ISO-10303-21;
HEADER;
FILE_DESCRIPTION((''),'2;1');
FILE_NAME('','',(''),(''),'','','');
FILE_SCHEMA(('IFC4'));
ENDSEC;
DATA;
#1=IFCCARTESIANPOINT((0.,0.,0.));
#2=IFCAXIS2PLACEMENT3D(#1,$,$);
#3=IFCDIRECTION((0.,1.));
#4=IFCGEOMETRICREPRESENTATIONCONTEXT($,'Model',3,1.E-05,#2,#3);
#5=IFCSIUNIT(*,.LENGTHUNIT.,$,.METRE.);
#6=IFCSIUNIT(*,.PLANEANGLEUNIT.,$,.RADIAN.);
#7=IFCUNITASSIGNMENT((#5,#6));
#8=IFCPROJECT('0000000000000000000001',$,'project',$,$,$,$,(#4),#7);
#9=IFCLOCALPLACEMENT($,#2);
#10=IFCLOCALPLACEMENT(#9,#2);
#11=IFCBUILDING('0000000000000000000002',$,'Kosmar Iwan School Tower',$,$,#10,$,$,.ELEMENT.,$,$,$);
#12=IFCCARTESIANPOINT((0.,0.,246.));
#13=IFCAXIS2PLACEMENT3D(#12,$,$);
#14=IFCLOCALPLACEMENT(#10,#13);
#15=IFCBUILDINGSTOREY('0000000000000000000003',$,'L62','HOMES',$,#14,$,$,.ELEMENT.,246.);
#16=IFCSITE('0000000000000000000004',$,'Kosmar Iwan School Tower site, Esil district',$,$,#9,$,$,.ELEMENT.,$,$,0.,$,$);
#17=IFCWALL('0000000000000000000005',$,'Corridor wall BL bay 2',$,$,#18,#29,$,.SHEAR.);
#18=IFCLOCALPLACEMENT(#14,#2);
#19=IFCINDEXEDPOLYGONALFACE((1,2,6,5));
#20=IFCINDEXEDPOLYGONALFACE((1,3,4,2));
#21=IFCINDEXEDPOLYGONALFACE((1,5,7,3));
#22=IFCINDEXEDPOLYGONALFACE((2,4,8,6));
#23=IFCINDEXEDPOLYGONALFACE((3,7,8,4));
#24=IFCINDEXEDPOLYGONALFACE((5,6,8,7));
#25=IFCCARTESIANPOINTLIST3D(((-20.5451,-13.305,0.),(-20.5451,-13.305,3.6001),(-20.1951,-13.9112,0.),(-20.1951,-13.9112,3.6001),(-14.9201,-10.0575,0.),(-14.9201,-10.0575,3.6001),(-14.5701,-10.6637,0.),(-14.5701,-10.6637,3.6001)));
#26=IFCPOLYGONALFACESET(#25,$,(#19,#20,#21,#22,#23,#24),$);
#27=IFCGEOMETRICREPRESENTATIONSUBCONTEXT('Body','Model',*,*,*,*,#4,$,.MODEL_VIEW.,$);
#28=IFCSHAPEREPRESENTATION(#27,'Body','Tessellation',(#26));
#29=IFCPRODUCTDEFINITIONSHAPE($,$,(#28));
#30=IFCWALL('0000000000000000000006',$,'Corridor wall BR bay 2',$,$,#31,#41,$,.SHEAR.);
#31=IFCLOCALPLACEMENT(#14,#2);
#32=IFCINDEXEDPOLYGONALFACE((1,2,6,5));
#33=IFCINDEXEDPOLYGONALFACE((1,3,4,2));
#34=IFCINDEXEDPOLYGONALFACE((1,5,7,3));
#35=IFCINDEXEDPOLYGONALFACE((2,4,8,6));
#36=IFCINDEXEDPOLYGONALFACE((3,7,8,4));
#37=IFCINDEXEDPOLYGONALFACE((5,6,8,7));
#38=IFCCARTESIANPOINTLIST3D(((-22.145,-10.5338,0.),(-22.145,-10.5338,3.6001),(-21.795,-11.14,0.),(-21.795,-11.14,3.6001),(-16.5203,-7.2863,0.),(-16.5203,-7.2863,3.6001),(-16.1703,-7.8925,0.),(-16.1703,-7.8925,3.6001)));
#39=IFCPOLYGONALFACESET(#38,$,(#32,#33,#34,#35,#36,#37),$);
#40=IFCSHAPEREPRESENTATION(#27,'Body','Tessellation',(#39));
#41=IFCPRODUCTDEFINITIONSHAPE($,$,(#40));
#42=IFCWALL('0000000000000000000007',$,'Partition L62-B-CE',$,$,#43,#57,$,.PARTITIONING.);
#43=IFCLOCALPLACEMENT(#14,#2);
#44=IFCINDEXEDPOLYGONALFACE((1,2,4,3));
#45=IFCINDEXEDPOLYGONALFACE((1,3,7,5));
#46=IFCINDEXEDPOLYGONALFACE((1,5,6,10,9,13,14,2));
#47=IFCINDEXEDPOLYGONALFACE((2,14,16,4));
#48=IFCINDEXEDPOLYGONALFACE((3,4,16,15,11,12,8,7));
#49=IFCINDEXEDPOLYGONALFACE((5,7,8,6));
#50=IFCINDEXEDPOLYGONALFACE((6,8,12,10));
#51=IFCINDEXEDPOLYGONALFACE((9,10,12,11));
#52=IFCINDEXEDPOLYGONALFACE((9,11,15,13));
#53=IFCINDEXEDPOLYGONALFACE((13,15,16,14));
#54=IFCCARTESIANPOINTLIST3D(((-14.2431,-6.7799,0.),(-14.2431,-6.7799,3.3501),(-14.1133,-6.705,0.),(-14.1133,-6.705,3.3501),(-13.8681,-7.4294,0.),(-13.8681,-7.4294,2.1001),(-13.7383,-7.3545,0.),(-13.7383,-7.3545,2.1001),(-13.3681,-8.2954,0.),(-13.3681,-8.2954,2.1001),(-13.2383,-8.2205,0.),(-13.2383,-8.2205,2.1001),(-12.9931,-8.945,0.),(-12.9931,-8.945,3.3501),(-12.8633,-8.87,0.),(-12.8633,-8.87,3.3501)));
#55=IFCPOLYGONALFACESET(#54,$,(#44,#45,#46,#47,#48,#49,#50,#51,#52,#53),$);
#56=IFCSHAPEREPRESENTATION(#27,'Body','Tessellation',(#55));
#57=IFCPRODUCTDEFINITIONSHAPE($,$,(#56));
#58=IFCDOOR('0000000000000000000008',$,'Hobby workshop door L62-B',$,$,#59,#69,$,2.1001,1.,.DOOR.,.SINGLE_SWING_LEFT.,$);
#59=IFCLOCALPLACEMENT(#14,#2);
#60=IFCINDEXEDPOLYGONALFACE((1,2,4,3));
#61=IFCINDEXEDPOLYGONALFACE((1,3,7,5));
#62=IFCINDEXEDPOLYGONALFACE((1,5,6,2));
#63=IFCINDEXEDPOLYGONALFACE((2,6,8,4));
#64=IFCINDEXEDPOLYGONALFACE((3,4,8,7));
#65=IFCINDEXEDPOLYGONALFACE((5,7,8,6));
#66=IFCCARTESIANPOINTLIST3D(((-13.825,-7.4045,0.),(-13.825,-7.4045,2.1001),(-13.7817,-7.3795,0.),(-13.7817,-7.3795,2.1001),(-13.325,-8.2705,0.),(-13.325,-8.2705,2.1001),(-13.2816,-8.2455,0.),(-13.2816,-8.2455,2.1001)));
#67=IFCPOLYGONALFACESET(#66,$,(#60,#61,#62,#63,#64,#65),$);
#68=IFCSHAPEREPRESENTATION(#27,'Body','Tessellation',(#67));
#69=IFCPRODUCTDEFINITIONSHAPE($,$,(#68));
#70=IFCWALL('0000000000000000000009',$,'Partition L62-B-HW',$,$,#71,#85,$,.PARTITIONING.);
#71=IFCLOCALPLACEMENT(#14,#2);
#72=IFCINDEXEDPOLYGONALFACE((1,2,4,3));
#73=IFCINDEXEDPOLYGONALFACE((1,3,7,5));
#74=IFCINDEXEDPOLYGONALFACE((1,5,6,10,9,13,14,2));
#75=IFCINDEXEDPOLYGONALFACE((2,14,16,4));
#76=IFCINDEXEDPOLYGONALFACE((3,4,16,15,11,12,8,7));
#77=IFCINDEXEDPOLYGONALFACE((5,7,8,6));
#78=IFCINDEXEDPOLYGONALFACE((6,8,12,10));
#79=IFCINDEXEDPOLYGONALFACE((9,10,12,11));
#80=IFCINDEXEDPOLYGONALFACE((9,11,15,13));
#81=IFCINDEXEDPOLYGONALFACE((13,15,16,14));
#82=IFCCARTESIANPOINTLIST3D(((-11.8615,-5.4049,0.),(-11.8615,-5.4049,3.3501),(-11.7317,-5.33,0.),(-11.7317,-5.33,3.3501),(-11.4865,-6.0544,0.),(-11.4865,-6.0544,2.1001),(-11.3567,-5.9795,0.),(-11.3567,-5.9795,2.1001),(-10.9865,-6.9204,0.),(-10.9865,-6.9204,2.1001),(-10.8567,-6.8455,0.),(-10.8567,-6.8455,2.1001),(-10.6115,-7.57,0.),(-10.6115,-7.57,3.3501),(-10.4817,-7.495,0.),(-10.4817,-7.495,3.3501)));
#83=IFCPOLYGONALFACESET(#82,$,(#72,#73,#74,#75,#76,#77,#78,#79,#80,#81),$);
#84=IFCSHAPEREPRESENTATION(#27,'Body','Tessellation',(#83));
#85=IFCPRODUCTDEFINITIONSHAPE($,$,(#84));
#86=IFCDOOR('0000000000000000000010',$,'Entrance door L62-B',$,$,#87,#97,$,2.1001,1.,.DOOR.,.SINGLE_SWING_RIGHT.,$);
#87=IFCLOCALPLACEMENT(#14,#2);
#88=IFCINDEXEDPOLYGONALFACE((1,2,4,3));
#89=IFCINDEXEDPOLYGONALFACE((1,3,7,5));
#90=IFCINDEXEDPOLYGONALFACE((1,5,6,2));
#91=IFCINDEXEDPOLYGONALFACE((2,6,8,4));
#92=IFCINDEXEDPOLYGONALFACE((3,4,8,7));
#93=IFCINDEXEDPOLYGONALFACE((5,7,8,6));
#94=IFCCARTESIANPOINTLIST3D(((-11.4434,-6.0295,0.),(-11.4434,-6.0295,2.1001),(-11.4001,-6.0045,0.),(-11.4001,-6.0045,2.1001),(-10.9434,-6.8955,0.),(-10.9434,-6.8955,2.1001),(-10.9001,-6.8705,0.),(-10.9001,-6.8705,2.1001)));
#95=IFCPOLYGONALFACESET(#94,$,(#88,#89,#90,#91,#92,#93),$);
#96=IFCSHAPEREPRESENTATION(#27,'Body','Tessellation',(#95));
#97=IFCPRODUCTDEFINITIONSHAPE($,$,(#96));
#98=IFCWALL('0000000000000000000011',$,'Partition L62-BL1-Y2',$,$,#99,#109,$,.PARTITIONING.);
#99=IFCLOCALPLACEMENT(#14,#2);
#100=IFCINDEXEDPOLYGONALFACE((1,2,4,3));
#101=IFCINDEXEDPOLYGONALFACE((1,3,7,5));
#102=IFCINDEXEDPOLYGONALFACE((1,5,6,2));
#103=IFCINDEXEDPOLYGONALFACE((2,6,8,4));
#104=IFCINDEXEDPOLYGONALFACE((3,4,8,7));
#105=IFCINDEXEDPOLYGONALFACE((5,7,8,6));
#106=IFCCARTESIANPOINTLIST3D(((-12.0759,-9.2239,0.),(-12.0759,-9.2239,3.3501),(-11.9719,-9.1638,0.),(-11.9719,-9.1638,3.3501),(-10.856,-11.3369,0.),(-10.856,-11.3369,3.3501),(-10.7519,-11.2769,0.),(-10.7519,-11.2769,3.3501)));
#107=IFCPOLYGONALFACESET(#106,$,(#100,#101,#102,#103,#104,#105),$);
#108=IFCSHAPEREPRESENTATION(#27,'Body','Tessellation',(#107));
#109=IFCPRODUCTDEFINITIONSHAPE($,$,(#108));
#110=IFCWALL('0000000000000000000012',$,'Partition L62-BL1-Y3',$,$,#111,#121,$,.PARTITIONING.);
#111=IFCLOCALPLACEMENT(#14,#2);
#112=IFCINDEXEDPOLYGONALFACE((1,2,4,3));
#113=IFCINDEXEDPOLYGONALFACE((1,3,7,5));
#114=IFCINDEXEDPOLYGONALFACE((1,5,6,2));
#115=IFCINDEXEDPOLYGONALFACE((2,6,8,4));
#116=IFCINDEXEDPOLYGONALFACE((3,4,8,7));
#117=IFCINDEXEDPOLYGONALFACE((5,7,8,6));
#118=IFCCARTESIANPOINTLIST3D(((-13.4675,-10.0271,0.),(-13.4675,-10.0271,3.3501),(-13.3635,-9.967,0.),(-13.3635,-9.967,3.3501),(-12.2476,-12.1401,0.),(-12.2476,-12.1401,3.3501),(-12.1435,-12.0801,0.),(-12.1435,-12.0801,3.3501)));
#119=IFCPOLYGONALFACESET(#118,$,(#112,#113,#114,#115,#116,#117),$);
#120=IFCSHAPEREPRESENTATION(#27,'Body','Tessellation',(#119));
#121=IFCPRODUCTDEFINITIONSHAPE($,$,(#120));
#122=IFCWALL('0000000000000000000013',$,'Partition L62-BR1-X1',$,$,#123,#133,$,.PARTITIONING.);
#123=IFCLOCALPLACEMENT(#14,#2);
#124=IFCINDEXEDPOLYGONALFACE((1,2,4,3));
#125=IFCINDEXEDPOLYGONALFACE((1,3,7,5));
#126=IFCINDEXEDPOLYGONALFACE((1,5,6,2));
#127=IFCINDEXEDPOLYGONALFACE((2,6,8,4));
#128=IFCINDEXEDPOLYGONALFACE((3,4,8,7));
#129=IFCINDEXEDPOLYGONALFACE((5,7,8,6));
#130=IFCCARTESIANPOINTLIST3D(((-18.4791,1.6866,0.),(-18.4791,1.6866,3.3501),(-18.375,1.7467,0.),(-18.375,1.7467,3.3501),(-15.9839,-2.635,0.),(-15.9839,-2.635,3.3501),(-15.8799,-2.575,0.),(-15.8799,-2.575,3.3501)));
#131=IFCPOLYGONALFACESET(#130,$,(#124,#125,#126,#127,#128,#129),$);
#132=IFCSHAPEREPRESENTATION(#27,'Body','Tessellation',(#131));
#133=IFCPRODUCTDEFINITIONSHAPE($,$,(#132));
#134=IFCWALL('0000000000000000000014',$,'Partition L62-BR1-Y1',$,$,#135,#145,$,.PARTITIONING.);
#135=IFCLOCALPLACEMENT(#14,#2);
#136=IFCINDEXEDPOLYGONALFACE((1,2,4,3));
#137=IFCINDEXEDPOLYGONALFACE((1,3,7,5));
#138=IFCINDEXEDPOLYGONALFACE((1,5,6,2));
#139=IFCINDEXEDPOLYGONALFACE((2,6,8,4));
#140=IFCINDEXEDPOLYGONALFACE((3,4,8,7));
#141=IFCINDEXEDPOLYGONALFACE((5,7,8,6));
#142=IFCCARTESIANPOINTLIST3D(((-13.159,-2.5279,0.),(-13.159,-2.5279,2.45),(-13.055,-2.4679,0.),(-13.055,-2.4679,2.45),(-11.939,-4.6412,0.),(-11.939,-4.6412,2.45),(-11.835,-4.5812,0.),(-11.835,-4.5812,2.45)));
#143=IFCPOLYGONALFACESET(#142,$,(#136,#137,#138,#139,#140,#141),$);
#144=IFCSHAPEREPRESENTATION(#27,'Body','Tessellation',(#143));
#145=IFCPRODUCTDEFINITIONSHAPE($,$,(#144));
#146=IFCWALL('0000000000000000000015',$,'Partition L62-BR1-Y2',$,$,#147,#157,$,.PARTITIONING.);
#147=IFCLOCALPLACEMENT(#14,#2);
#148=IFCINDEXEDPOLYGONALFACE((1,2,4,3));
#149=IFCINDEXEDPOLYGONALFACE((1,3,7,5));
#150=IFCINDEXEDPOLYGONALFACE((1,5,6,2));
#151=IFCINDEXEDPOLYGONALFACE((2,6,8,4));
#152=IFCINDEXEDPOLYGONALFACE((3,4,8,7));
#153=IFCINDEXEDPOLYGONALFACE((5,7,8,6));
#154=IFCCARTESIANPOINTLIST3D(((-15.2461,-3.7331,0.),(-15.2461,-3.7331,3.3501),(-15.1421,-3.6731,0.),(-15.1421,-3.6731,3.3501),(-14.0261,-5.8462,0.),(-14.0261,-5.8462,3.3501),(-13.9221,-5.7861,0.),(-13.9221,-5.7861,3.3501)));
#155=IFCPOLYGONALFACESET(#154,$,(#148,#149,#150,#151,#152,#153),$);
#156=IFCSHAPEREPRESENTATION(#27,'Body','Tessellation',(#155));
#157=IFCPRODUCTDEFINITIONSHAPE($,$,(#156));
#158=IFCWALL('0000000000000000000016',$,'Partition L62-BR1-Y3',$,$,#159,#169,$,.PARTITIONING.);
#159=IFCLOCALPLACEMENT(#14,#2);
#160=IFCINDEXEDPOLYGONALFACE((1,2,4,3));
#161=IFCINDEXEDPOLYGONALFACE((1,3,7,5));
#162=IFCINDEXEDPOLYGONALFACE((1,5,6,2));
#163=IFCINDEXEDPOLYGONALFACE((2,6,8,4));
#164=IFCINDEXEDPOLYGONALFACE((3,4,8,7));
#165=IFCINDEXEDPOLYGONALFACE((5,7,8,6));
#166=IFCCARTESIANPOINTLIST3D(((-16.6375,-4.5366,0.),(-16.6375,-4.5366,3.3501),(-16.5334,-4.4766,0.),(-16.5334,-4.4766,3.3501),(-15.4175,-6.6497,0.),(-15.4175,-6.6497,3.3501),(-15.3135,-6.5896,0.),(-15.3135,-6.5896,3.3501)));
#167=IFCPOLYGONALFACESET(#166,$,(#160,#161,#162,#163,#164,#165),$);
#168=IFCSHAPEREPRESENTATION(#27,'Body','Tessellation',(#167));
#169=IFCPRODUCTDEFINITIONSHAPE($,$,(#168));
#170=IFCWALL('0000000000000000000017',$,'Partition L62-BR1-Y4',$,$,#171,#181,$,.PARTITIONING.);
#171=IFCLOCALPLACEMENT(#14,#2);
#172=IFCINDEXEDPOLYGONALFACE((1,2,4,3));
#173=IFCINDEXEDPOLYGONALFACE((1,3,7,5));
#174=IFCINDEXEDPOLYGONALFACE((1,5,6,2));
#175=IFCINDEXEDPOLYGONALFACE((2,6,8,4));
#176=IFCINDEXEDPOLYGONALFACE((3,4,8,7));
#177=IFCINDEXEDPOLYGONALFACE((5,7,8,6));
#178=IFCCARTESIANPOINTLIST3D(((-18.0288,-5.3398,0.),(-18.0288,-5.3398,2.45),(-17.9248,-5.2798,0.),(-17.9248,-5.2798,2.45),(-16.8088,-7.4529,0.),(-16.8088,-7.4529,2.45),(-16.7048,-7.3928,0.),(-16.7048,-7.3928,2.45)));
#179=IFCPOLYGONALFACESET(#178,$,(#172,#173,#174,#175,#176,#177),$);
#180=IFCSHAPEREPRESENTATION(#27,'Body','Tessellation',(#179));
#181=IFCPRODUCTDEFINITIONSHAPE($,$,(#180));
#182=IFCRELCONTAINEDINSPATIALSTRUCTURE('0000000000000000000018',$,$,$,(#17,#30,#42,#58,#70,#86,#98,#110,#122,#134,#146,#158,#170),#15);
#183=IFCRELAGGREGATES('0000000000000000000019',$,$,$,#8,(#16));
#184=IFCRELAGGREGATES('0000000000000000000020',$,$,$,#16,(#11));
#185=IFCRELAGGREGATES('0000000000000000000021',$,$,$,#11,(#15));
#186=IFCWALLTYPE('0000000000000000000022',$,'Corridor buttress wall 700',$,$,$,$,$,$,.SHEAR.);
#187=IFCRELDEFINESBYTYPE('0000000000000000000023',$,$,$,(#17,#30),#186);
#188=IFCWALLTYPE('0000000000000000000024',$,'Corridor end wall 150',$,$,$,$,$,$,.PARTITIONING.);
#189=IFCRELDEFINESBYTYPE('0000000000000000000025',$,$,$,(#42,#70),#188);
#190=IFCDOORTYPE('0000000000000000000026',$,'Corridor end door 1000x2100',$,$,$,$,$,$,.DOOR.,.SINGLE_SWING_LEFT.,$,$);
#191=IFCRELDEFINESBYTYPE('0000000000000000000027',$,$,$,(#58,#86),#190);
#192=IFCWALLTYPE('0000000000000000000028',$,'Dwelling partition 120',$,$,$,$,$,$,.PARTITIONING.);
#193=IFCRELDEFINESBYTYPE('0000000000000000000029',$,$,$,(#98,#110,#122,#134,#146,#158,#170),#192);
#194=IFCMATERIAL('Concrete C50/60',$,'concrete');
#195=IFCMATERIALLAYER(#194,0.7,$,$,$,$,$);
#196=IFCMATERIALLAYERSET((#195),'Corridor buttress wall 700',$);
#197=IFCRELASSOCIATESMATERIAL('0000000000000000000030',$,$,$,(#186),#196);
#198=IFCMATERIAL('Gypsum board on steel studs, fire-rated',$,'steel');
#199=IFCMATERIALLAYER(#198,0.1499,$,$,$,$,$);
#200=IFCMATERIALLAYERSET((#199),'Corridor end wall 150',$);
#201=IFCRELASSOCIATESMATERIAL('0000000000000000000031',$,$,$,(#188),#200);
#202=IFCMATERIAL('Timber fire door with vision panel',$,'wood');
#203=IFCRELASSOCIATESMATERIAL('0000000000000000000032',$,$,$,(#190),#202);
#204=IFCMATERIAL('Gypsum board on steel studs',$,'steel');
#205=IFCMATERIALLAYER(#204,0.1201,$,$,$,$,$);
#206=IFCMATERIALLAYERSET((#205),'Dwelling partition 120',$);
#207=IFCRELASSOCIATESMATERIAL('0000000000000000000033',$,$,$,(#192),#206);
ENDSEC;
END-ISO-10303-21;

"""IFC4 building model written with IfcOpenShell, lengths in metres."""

from ifc_helpers import new_model, si_unit, direction, frame, frame_2d, origin, place, context, subcontext, project, spatial, rectangle, extrude, material, layer, layer_set, type_object, element, fill, save


model = new_model("IFC4")

# Units and contexts
model_context = context("Model", 3, precision=1e-05, world=origin(), true_north=direction((0.0, 1.0)))
body_context = subcontext(model_context, "Body", "Model", "MODEL_VIEW")
ifc_project = project(units=[si_unit("LENGTHUNIT", "METRE"), si_unit("PLANEANGLEUNIT", "RADIAN")], contexts=[model_context])

# Site, building, storey
site_placement = place(None, origin())
site = spatial("IfcSite", under=ifc_project, at=site_placement, Name="Kosmar Iwan School Tower site, Esil district", CompositionType="ELEMENT", RefElevation=0.0)
building_placement = place(site_placement, origin())
building = spatial("IfcBuilding", under=site, at=building_placement, Name="Kosmar Iwan School Tower", CompositionType="ELEMENT")
storey_placement = place(building_placement, frame((0.0, 0.0, 246.0)))
storey = spatial("IfcBuildingStorey", under=building, at=storey_placement, Name="L62", Description="HOMES", CompositionType="ELEMENT", Elevation=246.0)

# Walls
ifc_material_1 = material(Name="Concrete C50/60", Category="concrete")
ifc_layer_1 = layer(ifc_material_1, 0.7)
ifc_layer_set_1 = layer_set([ifc_layer_1], Name="Corridor buttress wall 700")
wall_type_1 = type_object("IfcWallType", Name="Corridor buttress wall 700", PredefinedType="SHEAR", material=ifc_layer_set_1)
wall_1_placement = place(storey_placement, frame((-14.7451, -10.3606, 0.0), z_axis=(0.0, 0.0, 1.0), x_axis=(-0.866028, -0.499996, 0.0)))
element("IfcWall", 1, at=wall_1_placement, inside=storey, type_object=wall_type_1, Name="Corridor wall BL bay 2", PredefinedType="SHEAR", context=body_context, shape_type="SweptSolid", body=[
    extrude(rectangle(XDim=6.4951, YDim=0.7, at=frame_2d((3.2476, 0.0))), origin(), (0.0, 0.0, 1.0), 3.6001),
])
wall_2_placement = place(storey_placement, frame((-16.3452, -7.5894, 0.0), z_axis=(0.0, 0.0, 1.0), x_axis=(-0.866018, -0.500012, 0.0)))
element("IfcWall", 2, at=wall_2_placement, inside=storey, type_object=wall_type_1, Name="Corridor wall BR bay 2", PredefinedType="SHEAR", context=body_context, shape_type="SweptSolid", body=[
    extrude(rectangle(XDim=6.4949, YDim=0.7, at=frame_2d((3.2476, 0.0))), origin(), (0.0, 0.0, 1.0), 3.6001),
])

# Walls, openings, doors
ifc_material_2 = material(Name="Gypsum board on steel studs, fire-rated", Category="steel")
ifc_layer_2 = layer(ifc_material_2, 0.1499)
ifc_layer_set_2 = layer_set([ifc_layer_2], Name="Corridor end wall 150")
wall_type_2 = type_object("IfcWallType", Name="Corridor end wall 150", PredefinedType="PARTITIONING", material=ifc_layer_set_2)
wall_3_placement = place(storey_placement, frame((-14.1782, -6.7424, 0.0), z_axis=(0.0, 0.0, 1.0), x_axis=(0.500004, -0.866023, 0.0)))
wall_3 = element("IfcWall", 3, at=wall_3_placement, inside=storey, type_object=wall_type_2, Name="Partition L62-B-CE", PredefinedType="PARTITIONING", context=body_context, shape_type="SweptSolid", body=[
    extrude(rectangle(XDim=2.5, YDim=0.1499, at=frame_2d((1.25, 0.0))), origin(), (0.0, 0.0, 1.0), 3.3501),
])
opening_1_placement = place(wall_3_placement, frame((0.75, 0.0, 0.0)))
opening_1 = element("IfcOpeningElement", 4, at=opening_1_placement, cuts=wall_3, PredefinedType="OPENING", context=body_context, shape_type="SweptSolid", body=[
    extrude(rectangle(XDim=1.0, YDim=2.1001, at=frame_2d((0.5, 1.05))), frame((0.0, 0.0869, 0.0), z_axis=(0.0, -1.0, 0.0), x_axis=(1.0, 0.0, 0.0)), (0.0, 0.0, 1.0), 0.1738),
])
ifc_material_3 = material(Name="Timber fire door with vision panel", Category="wood")
door_type = type_object("IfcDoorType", Name="Corridor end door 1000x2100", OperationType="SINGLE_SWING_LEFT", PredefinedType="DOOR", material=ifc_material_3)
door_1_placement = place(opening_1_placement, origin())
door_1 = element("IfcDoor", 5, at=door_1_placement, inside=storey, type_object=door_type, Name="Hobby workshop door L62-B", OperationType="SINGLE_SWING_LEFT", OverallHeight=2.1001, OverallWidth=1.0, PredefinedType="DOOR", context=body_context, shape_type="SweptSolid", body=[
    extrude(rectangle(XDim=1.0, YDim=2.1001, at=frame_2d((0.5, 1.05))), frame((0.0, 0.0249, 0.0), z_axis=(0.0, -1.0, 0.0), x_axis=(1.0, 0.0, 0.0)), (0.0, 0.0, 1.0), 0.05),
])
fill(opening_1, door_1)
wall_4_placement = place(storey_placement, frame((-11.7966, -5.3674, 0.0), z_axis=(0.0, 0.0, 1.0), x_axis=(0.500004, -0.866023, 0.0)))
wall_4 = element("IfcWall", 6, at=wall_4_placement, inside=storey, type_object=wall_type_2, Name="Partition L62-B-HW", PredefinedType="PARTITIONING", context=body_context, shape_type="SweptSolid", body=[
    extrude(rectangle(XDim=2.5, YDim=0.1499, at=frame_2d((1.25, 0.0))), origin(), (0.0, 0.0, 1.0), 3.3501),
])
opening_2_placement = place(wall_4_placement, frame((0.75, 0.0, 0.0)))
opening_2 = element("IfcOpeningElement", 7, at=opening_2_placement, cuts=wall_4, PredefinedType="OPENING", context=body_context, shape_type="SweptSolid", body=[
    extrude(rectangle(XDim=1.0, YDim=2.1001, at=frame_2d((0.5, 1.05))), frame((0.0, 0.0869, 0.0), z_axis=(0.0, -1.0, 0.0), x_axis=(1.0, 0.0, 0.0)), (0.0, 0.0, 1.0), 0.1738),
])
door_2_placement = place(opening_2_placement, origin())
door_2 = element("IfcDoor", 8, at=door_2_placement, inside=storey, type_object=door_type, Name="Entrance door L62-B", OperationType="SINGLE_SWING_RIGHT", OverallHeight=2.1001, OverallWidth=1.0, PredefinedType="DOOR", context=body_context, shape_type="SweptSolid", body=[
    extrude(rectangle(XDim=1.0, YDim=2.1001, at=frame_2d((0.5, 1.05))), frame((0.0, 0.0249, 0.0), z_axis=(0.0, -1.0, 0.0), x_axis=(1.0, 0.0, 0.0)), (0.0, 0.0, 1.0), 0.05),
])
fill(opening_2, door_2)

# Walls
ifc_material_4 = material(Name="Gypsum board on steel studs", Category="steel")
ifc_layer_3 = layer(ifc_material_4, 0.1201)
ifc_layer_set_3 = layer_set([ifc_layer_3], Name="Dwelling partition 120")
wall_type_3 = type_object("IfcWallType", Name="Dwelling partition 120", PredefinedType="PARTITIONING", material=ifc_layer_set_3)
for number, where, z_axis, x_axis, name in (
    (9, (-12.0239, -9.1938, 0.0), (0.0, 0.0, 1.0), (0.500003, -0.866024, 0.0), "Partition L62-BL1-Y2"),
    (10, (-13.4155, -9.9971, 0.0), (0.0, 0.0, 1.0), (0.500003, -0.866024, 0.0), "Partition L62-BL1-Y3"),
):
    element("IfcWall", number, at=place(storey_placement, frame(where, z_axis=z_axis, x_axis=x_axis)), inside=storey, type_object=wall_type_3, Name=name, PredefinedType="PARTITIONING", context=body_context, shape_type="SweptSolid", body=[
        extrude(rectangle(XDim=2.4399, YDim=0.1201, at=frame_2d((1.22, 0.0))), origin(), (0.0, 0.0, 1.0), 3.3501),
    ])
wall_5_placement = place(storey_placement, frame((-15.9319, -2.605, 0.0), z_axis=(0.0, 0.0, 1.0), x_axis=(-0.500012, 0.866019, 0.0)))
element("IfcWall", 11, at=wall_5_placement, inside=storey, type_object=wall_type_3, Name="Partition L62-BR1-X1", PredefinedType="PARTITIONING", context=body_context, shape_type="SweptSolid", body=[
    extrude(rectangle(XDim=4.9902, YDim=0.1201, at=frame_2d((2.4951, 0.0))), origin(), (0.0, 0.0, 1.0), 3.3501),
])
wall_6_placement = place(storey_placement, frame((-11.887, -4.6113, 0.0), z_axis=(0.0, 0.0, 1.0), x_axis=(-0.499959, 0.866049, 0.0)))
element("IfcWall", 12, at=wall_6_placement, inside=storey, type_object=wall_type_3, Name="Partition L62-BR1-Y1", PredefinedType="PARTITIONING", context=body_context, shape_type="SweptSolid", body=[
    extrude(rectangle(XDim=2.4402, YDim=0.1201, at=frame_2d((1.2202, 0.0))), origin(), (0.0, 0.0, 1.0), 2.45),
])
for number, where, z_axis, x_axis, name in (
    (13, (-13.9741, -5.8162, 0.0), (0.0, 0.0, 1.0), (-0.500003, 0.866024, 0.0), "Partition L62-BR1-Y2"),
    (14, (-15.3655, -6.6196, 0.0), (0.0, 0.0, 1.0), (-0.500003, 0.866024, 0.0), "Partition L62-BR1-Y3"),
):
    element("IfcWall", number, at=place(storey_placement, frame(where, z_axis=z_axis, x_axis=x_axis)), inside=storey, type_object=wall_type_3, Name=name, PredefinedType="PARTITIONING", context=body_context, shape_type="SweptSolid", body=[
        extrude(rectangle(XDim=2.4399, YDim=0.1201, at=frame_2d((1.22, 0.0))), origin(), (0.0, 0.0, 1.0), 3.3501),
    ])
wall_7_placement = place(storey_placement, frame((-16.7568, -7.4229, 0.0), z_axis=(0.0, 0.0, 1.0), x_axis=(-0.500003, 0.866024, 0.0)))
element("IfcWall", 15, at=wall_7_placement, inside=storey, type_object=wall_type_3, Name="Partition L62-BR1-Y4", PredefinedType="PARTITIONING", context=body_context, shape_type="SweptSolid", body=[
    extrude(rectangle(XDim=2.4399, YDim=0.1201, at=frame_2d((1.22, 0.0))), origin(), (0.0, 0.0, 1.0), 2.45),
])

save(model, "model.ifc")
